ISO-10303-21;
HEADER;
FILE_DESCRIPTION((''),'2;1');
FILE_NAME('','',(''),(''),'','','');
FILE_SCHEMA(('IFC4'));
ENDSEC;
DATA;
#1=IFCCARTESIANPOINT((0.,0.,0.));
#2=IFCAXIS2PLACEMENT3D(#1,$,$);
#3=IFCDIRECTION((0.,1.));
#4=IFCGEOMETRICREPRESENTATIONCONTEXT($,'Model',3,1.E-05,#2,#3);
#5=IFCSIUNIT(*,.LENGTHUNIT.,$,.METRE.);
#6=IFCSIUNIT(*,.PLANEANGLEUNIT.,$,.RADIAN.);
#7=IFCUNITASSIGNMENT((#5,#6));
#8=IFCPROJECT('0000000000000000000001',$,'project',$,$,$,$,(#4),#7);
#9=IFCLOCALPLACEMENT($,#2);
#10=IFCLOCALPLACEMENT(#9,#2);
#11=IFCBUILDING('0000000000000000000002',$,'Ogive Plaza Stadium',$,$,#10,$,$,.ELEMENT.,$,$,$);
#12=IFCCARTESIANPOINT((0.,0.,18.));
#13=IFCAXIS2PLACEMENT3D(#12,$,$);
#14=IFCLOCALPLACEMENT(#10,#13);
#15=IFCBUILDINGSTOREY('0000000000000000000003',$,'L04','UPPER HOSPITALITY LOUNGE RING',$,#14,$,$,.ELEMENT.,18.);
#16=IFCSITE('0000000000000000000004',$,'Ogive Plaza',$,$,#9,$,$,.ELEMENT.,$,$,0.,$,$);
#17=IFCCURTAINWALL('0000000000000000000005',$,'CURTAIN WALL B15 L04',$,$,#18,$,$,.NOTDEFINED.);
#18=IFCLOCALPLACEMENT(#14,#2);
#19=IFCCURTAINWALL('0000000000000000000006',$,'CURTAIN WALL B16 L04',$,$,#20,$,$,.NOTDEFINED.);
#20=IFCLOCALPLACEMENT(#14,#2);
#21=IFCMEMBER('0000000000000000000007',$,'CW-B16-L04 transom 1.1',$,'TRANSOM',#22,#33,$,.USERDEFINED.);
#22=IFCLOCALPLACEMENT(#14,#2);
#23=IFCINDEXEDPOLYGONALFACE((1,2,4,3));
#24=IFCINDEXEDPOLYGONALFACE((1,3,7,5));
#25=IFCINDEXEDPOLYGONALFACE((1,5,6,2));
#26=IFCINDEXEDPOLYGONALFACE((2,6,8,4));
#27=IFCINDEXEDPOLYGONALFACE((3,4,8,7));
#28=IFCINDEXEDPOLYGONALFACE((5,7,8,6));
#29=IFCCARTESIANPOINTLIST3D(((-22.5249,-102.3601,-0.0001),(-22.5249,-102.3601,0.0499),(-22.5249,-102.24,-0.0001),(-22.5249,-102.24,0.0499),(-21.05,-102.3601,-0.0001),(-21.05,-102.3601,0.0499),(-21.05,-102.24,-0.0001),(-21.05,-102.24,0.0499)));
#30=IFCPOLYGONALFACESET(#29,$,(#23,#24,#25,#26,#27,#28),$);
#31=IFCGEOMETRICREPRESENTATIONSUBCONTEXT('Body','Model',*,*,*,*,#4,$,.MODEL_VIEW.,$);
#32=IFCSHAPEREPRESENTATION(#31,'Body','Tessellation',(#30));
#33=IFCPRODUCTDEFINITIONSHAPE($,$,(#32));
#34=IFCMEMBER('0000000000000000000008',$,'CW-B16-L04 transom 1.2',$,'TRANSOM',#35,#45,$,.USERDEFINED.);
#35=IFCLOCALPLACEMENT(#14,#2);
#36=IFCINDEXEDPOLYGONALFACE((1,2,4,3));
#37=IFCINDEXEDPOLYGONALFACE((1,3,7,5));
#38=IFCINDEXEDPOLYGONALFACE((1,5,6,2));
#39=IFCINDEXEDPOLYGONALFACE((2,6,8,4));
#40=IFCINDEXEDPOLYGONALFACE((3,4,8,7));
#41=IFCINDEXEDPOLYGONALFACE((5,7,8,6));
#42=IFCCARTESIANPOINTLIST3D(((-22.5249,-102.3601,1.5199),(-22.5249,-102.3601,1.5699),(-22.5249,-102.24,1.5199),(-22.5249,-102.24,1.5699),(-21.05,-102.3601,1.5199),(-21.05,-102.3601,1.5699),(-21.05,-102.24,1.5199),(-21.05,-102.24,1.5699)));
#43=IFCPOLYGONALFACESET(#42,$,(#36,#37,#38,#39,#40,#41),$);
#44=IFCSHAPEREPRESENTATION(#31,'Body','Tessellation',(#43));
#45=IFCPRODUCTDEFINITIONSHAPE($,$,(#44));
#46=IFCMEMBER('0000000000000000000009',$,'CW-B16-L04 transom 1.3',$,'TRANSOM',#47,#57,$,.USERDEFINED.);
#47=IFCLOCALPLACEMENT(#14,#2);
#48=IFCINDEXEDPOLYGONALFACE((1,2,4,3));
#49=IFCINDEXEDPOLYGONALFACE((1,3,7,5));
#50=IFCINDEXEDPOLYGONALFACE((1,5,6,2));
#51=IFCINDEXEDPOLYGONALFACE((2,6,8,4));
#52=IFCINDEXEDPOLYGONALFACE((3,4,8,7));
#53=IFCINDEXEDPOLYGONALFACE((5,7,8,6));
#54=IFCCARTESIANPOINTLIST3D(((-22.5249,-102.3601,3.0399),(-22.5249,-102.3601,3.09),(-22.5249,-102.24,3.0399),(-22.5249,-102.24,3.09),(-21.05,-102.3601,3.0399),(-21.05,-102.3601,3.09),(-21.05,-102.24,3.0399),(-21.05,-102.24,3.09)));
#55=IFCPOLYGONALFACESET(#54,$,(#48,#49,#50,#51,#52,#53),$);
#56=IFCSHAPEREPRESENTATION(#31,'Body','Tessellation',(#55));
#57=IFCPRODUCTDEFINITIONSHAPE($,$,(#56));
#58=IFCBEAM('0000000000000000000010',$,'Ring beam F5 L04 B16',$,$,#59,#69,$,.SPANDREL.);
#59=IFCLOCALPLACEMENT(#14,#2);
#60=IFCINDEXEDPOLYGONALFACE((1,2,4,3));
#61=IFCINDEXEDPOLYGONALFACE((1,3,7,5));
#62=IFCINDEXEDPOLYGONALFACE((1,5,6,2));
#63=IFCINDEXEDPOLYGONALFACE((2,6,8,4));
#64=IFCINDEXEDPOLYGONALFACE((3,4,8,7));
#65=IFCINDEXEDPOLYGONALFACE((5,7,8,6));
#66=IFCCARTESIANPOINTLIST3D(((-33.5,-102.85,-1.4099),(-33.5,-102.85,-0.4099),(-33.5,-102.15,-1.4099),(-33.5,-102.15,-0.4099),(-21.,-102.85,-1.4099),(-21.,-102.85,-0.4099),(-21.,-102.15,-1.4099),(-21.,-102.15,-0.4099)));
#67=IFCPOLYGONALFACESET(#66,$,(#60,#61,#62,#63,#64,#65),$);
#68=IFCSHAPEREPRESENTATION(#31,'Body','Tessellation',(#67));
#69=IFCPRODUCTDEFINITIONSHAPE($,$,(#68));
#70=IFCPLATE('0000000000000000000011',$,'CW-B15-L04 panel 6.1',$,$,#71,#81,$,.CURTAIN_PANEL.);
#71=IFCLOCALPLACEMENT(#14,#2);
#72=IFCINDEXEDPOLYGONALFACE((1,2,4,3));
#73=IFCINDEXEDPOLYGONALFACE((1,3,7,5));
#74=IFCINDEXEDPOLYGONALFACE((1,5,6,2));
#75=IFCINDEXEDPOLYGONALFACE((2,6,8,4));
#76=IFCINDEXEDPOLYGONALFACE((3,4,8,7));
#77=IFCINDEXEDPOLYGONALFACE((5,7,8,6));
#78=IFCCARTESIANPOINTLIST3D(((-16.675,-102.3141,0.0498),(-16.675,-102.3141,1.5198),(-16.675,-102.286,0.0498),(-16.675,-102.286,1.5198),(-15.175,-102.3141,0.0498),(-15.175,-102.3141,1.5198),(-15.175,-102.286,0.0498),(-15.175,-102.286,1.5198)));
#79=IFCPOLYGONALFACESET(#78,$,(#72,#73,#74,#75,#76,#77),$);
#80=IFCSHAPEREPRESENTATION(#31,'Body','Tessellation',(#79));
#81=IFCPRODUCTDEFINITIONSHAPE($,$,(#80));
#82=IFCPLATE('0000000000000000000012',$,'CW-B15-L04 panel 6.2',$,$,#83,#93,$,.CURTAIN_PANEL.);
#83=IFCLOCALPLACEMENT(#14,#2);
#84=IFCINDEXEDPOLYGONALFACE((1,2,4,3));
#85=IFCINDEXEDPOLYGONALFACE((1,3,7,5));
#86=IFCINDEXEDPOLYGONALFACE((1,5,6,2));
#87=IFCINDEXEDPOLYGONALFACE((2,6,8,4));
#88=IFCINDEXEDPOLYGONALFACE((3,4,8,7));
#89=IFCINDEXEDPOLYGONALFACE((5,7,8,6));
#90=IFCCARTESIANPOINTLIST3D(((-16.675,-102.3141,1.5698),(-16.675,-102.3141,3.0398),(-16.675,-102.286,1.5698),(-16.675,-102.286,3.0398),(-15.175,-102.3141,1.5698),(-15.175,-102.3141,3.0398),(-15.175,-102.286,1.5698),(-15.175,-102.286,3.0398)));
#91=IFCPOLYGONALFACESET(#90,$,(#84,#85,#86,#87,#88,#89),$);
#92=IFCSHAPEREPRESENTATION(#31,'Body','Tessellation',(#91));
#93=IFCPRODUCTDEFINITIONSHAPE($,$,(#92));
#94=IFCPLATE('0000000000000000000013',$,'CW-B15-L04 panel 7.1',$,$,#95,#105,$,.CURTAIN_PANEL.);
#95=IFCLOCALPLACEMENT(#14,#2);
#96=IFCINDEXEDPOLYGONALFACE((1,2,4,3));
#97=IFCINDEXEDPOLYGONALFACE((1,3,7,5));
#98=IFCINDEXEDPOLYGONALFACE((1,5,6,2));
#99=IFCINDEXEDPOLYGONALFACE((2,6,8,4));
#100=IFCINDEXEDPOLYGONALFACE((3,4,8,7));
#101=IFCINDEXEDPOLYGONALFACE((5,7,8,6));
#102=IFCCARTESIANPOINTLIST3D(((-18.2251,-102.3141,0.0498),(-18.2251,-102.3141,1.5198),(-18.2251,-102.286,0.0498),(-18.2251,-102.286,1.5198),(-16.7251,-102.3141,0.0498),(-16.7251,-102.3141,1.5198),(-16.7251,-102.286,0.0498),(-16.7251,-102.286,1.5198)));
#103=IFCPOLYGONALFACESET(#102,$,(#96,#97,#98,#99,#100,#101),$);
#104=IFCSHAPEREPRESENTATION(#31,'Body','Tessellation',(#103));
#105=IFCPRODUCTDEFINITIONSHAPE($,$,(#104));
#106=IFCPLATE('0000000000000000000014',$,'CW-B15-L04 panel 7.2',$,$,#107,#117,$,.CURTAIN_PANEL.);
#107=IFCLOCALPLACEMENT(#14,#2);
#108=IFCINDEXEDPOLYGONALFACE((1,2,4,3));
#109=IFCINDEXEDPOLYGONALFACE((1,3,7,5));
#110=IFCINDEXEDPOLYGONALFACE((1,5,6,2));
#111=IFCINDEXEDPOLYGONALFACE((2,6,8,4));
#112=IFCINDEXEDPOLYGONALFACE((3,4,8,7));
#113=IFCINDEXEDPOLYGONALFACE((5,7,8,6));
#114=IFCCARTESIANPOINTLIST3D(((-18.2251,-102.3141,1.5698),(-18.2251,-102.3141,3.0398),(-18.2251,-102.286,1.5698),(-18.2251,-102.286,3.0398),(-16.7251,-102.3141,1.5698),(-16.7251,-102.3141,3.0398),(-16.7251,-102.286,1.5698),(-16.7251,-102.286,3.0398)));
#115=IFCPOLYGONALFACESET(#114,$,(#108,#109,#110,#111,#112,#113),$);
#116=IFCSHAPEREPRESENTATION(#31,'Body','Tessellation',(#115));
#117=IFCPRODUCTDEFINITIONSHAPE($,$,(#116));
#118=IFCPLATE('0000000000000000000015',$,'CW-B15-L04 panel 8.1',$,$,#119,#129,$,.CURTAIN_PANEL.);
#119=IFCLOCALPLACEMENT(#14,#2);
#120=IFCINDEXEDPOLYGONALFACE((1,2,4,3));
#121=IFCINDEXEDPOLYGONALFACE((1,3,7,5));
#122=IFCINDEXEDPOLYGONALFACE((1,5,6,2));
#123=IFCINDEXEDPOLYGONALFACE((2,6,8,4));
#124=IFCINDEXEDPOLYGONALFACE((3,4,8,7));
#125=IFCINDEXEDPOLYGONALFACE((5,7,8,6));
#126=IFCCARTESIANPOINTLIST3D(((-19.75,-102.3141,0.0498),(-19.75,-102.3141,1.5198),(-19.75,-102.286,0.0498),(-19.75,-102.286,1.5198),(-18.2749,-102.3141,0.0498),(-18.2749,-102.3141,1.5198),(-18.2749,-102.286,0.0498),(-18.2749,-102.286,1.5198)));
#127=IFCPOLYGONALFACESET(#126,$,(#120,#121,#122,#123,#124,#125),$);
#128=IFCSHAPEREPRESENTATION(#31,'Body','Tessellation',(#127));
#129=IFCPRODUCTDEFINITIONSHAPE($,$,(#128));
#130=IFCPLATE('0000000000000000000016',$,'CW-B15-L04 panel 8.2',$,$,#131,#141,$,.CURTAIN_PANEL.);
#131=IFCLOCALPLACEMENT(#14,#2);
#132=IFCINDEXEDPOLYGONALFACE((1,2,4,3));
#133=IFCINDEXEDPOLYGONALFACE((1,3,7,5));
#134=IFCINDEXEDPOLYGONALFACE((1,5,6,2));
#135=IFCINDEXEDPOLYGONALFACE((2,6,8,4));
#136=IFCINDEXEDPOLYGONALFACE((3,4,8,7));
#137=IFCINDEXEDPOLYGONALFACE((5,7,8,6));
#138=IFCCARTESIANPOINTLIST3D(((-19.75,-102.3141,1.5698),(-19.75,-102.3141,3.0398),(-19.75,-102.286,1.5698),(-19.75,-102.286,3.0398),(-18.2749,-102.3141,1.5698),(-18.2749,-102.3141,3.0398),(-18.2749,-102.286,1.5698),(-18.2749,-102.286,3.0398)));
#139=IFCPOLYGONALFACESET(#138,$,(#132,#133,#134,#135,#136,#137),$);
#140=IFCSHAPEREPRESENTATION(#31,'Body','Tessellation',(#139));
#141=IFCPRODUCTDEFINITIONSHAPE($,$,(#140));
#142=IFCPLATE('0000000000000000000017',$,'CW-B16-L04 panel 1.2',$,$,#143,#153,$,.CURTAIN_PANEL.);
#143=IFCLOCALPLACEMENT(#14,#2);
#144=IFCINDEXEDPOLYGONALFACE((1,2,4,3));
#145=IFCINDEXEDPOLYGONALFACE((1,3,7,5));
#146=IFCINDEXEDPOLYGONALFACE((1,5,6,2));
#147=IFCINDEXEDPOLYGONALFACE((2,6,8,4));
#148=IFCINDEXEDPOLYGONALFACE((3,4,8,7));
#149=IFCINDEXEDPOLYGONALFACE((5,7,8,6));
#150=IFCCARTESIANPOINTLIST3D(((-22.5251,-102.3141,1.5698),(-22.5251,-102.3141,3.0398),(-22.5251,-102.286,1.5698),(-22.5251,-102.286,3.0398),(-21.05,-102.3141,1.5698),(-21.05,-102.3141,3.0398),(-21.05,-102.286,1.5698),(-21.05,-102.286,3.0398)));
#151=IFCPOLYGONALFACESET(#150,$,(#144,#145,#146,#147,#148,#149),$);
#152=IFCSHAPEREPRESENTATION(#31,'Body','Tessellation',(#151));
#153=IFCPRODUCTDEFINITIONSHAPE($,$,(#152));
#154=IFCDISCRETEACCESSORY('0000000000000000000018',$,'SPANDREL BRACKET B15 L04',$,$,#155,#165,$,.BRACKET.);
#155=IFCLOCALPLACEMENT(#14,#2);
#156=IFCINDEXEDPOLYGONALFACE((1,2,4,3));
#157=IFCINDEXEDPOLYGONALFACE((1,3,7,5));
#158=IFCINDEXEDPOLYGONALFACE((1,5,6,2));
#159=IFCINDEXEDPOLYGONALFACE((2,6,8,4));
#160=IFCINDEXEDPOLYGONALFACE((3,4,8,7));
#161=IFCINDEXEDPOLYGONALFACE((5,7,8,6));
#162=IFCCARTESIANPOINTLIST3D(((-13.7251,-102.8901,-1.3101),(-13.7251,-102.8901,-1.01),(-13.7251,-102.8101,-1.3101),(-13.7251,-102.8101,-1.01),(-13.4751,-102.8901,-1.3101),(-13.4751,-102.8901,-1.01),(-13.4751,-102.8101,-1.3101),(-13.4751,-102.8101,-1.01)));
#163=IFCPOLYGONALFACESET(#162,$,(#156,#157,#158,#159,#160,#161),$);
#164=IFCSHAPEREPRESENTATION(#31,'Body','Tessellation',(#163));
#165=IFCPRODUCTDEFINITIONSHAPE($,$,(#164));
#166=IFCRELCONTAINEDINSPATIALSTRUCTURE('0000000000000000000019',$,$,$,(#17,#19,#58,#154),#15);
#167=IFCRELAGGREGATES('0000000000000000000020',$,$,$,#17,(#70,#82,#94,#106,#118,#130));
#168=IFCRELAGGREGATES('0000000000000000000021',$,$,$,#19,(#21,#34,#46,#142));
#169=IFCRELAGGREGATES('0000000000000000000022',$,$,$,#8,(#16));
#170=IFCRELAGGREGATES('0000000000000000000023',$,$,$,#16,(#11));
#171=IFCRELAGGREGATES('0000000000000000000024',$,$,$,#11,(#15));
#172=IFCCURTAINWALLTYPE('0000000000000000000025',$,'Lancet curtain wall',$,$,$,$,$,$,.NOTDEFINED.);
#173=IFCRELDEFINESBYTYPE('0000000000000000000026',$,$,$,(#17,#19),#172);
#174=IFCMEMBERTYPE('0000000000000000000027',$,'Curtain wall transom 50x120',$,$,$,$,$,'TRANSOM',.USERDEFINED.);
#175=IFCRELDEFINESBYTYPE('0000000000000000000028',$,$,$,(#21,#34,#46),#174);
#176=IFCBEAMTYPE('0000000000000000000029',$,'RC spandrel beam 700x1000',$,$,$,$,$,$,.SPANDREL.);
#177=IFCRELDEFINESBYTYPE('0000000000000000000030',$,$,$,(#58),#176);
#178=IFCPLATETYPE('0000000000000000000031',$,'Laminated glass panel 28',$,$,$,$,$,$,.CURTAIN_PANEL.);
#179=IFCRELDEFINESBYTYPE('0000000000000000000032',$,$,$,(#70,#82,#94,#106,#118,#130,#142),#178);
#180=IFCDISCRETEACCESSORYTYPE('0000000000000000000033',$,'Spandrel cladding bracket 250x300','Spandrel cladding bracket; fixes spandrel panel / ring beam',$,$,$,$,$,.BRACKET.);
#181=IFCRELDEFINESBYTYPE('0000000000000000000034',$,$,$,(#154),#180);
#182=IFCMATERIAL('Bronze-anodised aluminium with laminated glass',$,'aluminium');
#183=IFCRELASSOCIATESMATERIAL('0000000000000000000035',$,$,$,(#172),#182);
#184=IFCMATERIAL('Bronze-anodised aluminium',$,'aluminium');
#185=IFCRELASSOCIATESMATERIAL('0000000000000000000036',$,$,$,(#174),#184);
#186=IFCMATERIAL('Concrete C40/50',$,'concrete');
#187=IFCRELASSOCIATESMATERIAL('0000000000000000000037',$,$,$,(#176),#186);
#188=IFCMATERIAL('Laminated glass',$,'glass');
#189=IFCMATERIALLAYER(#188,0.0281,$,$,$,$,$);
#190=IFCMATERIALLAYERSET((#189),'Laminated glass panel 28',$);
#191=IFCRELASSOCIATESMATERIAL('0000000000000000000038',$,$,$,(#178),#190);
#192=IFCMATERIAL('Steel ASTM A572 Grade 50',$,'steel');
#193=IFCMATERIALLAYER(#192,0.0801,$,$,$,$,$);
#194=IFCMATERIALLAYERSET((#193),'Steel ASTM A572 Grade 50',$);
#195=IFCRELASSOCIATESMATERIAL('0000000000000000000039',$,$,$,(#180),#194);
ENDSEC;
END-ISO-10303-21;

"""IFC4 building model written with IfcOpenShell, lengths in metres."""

from ifc_helpers import new_model, si_unit, direction, frame, origin, origin_2d, place, context, subcontext, project, spatial, rectangle, extrude, material, layer, layer_set, material_profile, profile_set, type_object, element, aggregate, save


model = new_model("IFC4")

# Units and contexts
model_context = context("Model", 3, precision=1e-05, world=origin(), true_north=direction((0.0, 1.0)))
body_context = subcontext(model_context, "Body", "Model", "MODEL_VIEW")
ifc_project = project(units=[si_unit("LENGTHUNIT", "METRE"), si_unit("PLANEANGLEUNIT", "RADIAN")], contexts=[model_context])

# Site, building, storey
site_placement = place(None, origin())
site = spatial("IfcSite", under=ifc_project, at=site_placement, Name="Ogive Plaza", CompositionType="ELEMENT", RefElevation=0.0)
building_placement = place(site_placement, origin())
building = spatial("IfcBuilding", under=site, at=building_placement, Name="Ogive Plaza Stadium", CompositionType="ELEMENT")
storey_placement = place(building_placement, frame((0.0, 0.0, 18.0)))
storey = spatial("IfcBuildingStorey", under=building, at=storey_placement, Name="L04", Description="UPPER HOSPITALITY LOUNGE RING", CompositionType="ELEMENT", Elevation=18.0)

# Curtain wall
ifc_material_1 = material(Name="Bronze-anodised aluminium with laminated glass", Category="aluminium")
curtain_wall_type = type_object("IfcCurtainWallType", Name="Lancet curtain wall", PredefinedType="NOTDEFINED", material=ifc_material_1)
curtain_wall_1_placement = place(storey_placement, origin())
curtain_wall_1 = element("IfcCurtainWall", 1, at=curtain_wall_1_placement, inside=storey, type_object=curtain_wall_type, Name="CURTAIN WALL B15 L04", PredefinedType="NOTDEFINED")

# Curtain wall
curtain_wall_2_placement = place(storey_placement, origin())
curtain_wall_2 = element("IfcCurtainWall", 2, at=curtain_wall_2_placement, inside=storey, type_object=curtain_wall_type, Name="CURTAIN WALL B16 L04", PredefinedType="NOTDEFINED")

# Members
ifc_material_2 = material(Name="Bronze-anodised aluminium", Category="aluminium")
ifc_material_profile_1 = material_profile(ifc_material_2, rectangle(XDim=0.1201, YDim=0.05, at=origin_2d()), Name="AL 120x50")
ifc_profile_set_1 = profile_set([ifc_material_profile_1], Name="Bronze-anodised aluminium")
member_type_1 = type_object("IfcMemberType", Name="Curtain wall transom 50x120", ElementType="TRANSOM", PredefinedType="USERDEFINED", material=ifc_profile_set_1)
member_1_placement = place(storey_placement, frame((-21.05, -102.3, 0.0249), z_axis=(-1.0, 0.0, 0.0), x_axis=(0.0, -1.0, 0.0)))
member_1 = element("IfcMember", 3, at=member_1_placement, type_object=member_type_1, Name="CW-B16-L04 transom 1.1", ObjectType="TRANSOM", PredefinedType="USERDEFINED", context=body_context, shape_type="SweptSolid", body=[
    extrude(rectangle(XDim=0.1201, YDim=0.05, at=origin_2d()), origin(), (0.0, 0.0, 1.0), 1.4749),
])
member_2_placement = place(storey_placement, frame((-21.05, -102.3, 1.5449), z_axis=(-1.0, 0.0, 0.0), x_axis=(0.0, -1.0, 0.0)))
member_2 = element("IfcMember", 4, at=member_2_placement, type_object=member_type_1, Name="CW-B16-L04 transom 1.2", ObjectType="TRANSOM", PredefinedType="USERDEFINED", context=body_context, shape_type="SweptSolid", body=[
    extrude(rectangle(XDim=0.1201, YDim=0.05, at=origin_2d()), origin(), (0.0, 0.0, 1.0), 1.4749),
])
member_3_placement = place(storey_placement, frame((-21.05, -102.3, 3.0649), z_axis=(-1.0, 0.0, 0.0), x_axis=(0.0, -1.0, 0.0)))
member_3 = element("IfcMember", 5, at=member_3_placement, type_object=member_type_1, Name="CW-B16-L04 transom 1.3", ObjectType="TRANSOM", PredefinedType="USERDEFINED", context=body_context, shape_type="SweptSolid", body=[
    extrude(rectangle(XDim=0.1201, YDim=0.05, at=origin_2d()), origin(), (0.0, 0.0, 1.0), 1.4749),
])

# Beam
ifc_material_3 = material(Name="Concrete C40/50", Category="concrete")
ifc_material_profile_2 = material_profile(ifc_material_3, rectangle(XDim=0.7, YDim=1.0, at=origin_2d()), Name="RC 700x1000")
ifc_profile_set_2 = profile_set([ifc_material_profile_2], Name="Concrete C40/50")
beam_type = type_object("IfcBeamType", Name="RC spandrel beam 700x1000", PredefinedType="SPANDREL", material=ifc_profile_set_2)
beam_placement = place(storey_placement, frame((-21.0, -102.5, -0.9099), z_axis=(-1.0, 0.0, 0.0), x_axis=(0.0, -1.0, 0.0)))
element("IfcBeam", 6, at=beam_placement, inside=storey, type_object=beam_type, Name="Ring beam F5 L04 B16", PredefinedType="SPANDREL", context=body_context, shape_type="SweptSolid", body=[
    extrude(rectangle(XDim=0.7, YDim=1.0, at=origin_2d()), origin(), (0.0, 0.0, 1.0), 12.5),
])

# Plates
ifc_material_4 = material(Name="Laminated glass", Category="glass")
ifc_layer_1 = layer(ifc_material_4, 0.0281)
ifc_layer_set_1 = layer_set([ifc_layer_1], Name="Laminated glass panel 28")
plate_type = type_object("IfcPlateType", Name="Laminated glass panel 28", PredefinedType="CURTAIN_PANEL", material=ifc_layer_set_1)
plate_1_placement = place(storey_placement, frame((-15.925, -102.3, 0.0498), z_axis=(0.0, 0.0, 1.0), x_axis=(-1.0, 0.0, 0.0)))
plate_1 = element("IfcPlate", 7, at=plate_1_placement, type_object=plate_type, Name="CW-B15-L04 panel 6.1", PredefinedType="CURTAIN_PANEL", context=body_context, shape_type="SweptSolid", body=[
    extrude(rectangle(XDim=1.5, YDim=0.0281, at=origin_2d()), origin(), (0.0, 0.0, 1.0), 1.47),
])
plate_2_placement = place(storey_placement, frame((-15.925, -102.3, 1.5698), z_axis=(0.0, 0.0, 1.0), x_axis=(-1.0, 0.0, 0.0)))
plate_2 = element("IfcPlate", 8, at=plate_2_placement, type_object=plate_type, Name="CW-B15-L04 panel 6.2", PredefinedType="CURTAIN_PANEL", context=body_context, shape_type="SweptSolid", body=[
    extrude(rectangle(XDim=1.5, YDim=0.0281, at=origin_2d()), origin(), (0.0, 0.0, 1.0), 1.47),
])
plate_3_placement = place(storey_placement, frame((-17.4751, -102.3, 0.0498), z_axis=(0.0, 0.0, 1.0), x_axis=(-1.0, 0.0, 0.0)))
plate_3 = element("IfcPlate", 9, at=plate_3_placement, type_object=plate_type, Name="CW-B15-L04 panel 7.1", PredefinedType="CURTAIN_PANEL", context=body_context, shape_type="SweptSolid", body=[
    extrude(rectangle(XDim=1.5, YDim=0.0281, at=origin_2d()), origin(), (0.0, 0.0, 1.0), 1.47),
])
plate_4_placement = place(storey_placement, frame((-17.4751, -102.3, 1.5698), z_axis=(0.0, 0.0, 1.0), x_axis=(-1.0, 0.0, 0.0)))
plate_4 = element("IfcPlate", 10, at=plate_4_placement, type_object=plate_type, Name="CW-B15-L04 panel 7.2", PredefinedType="CURTAIN_PANEL", context=body_context, shape_type="SweptSolid", body=[
    extrude(rectangle(XDim=1.5, YDim=0.0281, at=origin_2d()), origin(), (0.0, 0.0, 1.0), 1.47),
])
plate_5_placement = place(storey_placement, frame((-19.0125, -102.3, 0.0498), z_axis=(0.0, 0.0, 1.0), x_axis=(-1.0, 0.0, 0.0)))
plate_5 = element("IfcPlate", 11, at=plate_5_placement, type_object=plate_type, Name="CW-B15-L04 panel 8.1", PredefinedType="CURTAIN_PANEL", context=body_context, shape_type="SweptSolid", body=[
    extrude(rectangle(XDim=1.4751, YDim=0.0281, at=origin_2d()), origin(), (0.0, 0.0, 1.0), 1.47),
])
plate_6_placement = place(storey_placement, frame((-19.0125, -102.3, 1.5698), z_axis=(0.0, 0.0, 1.0), x_axis=(-1.0, 0.0, 0.0)))
plate_6 = element("IfcPlate", 12, at=plate_6_placement, type_object=plate_type, Name="CW-B15-L04 panel 8.2", PredefinedType="CURTAIN_PANEL", context=body_context, shape_type="SweptSolid", body=[
    extrude(rectangle(XDim=1.4751, YDim=0.0281, at=origin_2d()), origin(), (0.0, 0.0, 1.0), 1.47),
])
aggregate(curtain_wall_1, [plate_1, plate_2, plate_3, plate_4, plate_5, plate_6])
plate_7_placement = place(storey_placement, frame((-21.7876, -102.3, 1.5698), z_axis=(0.0, 0.0, 1.0), x_axis=(-1.0, 0.0, 0.0)))
plate_7 = element("IfcPlate", 13, at=plate_7_placement, type_object=plate_type, Name="CW-B16-L04 panel 1.2", PredefinedType="CURTAIN_PANEL", context=body_context, shape_type="SweptSolid", body=[
    extrude(rectangle(XDim=1.4751, YDim=0.0281, at=origin_2d()), origin(), (0.0, 0.0, 1.0), 1.47),
])
aggregate(curtain_wall_2, [member_1, member_2, member_3, plate_7])

# Discrete accessory
ifc_material_5 = material(Name="Steel ASTM A572 Grade 50", Category="steel")
ifc_layer_2 = layer(ifc_material_5, 0.0801)
ifc_layer_set_2 = layer_set([ifc_layer_2], Name="Steel ASTM A572 Grade 50")
discrete_accessory_type = type_object("IfcDiscreteAccessoryType", Name="Spandrel cladding bracket 250x300", Description="Spandrel cladding bracket; fixes spandrel panel / ring beam", PredefinedType="BRACKET", material=ifc_layer_set_2)
discrete_accessory_placement = place(storey_placement, frame((-13.6001, -102.8501, -1.3101), z_axis=(0.0, 0.0, 1.0), x_axis=(-1.0, 0.0, 0.0)))
element("IfcDiscreteAccessory", 14, at=discrete_accessory_placement, inside=storey, type_object=discrete_accessory_type, Name="SPANDREL BRACKET B15 L04", PredefinedType="BRACKET", context=body_context, shape_type="SweptSolid", body=[
    extrude(rectangle(XDim=0.25, YDim=0.0801, at=origin_2d()), origin(), (0.0, 0.0, 1.0), 0.3),
])

save(model, "model.ifc")
